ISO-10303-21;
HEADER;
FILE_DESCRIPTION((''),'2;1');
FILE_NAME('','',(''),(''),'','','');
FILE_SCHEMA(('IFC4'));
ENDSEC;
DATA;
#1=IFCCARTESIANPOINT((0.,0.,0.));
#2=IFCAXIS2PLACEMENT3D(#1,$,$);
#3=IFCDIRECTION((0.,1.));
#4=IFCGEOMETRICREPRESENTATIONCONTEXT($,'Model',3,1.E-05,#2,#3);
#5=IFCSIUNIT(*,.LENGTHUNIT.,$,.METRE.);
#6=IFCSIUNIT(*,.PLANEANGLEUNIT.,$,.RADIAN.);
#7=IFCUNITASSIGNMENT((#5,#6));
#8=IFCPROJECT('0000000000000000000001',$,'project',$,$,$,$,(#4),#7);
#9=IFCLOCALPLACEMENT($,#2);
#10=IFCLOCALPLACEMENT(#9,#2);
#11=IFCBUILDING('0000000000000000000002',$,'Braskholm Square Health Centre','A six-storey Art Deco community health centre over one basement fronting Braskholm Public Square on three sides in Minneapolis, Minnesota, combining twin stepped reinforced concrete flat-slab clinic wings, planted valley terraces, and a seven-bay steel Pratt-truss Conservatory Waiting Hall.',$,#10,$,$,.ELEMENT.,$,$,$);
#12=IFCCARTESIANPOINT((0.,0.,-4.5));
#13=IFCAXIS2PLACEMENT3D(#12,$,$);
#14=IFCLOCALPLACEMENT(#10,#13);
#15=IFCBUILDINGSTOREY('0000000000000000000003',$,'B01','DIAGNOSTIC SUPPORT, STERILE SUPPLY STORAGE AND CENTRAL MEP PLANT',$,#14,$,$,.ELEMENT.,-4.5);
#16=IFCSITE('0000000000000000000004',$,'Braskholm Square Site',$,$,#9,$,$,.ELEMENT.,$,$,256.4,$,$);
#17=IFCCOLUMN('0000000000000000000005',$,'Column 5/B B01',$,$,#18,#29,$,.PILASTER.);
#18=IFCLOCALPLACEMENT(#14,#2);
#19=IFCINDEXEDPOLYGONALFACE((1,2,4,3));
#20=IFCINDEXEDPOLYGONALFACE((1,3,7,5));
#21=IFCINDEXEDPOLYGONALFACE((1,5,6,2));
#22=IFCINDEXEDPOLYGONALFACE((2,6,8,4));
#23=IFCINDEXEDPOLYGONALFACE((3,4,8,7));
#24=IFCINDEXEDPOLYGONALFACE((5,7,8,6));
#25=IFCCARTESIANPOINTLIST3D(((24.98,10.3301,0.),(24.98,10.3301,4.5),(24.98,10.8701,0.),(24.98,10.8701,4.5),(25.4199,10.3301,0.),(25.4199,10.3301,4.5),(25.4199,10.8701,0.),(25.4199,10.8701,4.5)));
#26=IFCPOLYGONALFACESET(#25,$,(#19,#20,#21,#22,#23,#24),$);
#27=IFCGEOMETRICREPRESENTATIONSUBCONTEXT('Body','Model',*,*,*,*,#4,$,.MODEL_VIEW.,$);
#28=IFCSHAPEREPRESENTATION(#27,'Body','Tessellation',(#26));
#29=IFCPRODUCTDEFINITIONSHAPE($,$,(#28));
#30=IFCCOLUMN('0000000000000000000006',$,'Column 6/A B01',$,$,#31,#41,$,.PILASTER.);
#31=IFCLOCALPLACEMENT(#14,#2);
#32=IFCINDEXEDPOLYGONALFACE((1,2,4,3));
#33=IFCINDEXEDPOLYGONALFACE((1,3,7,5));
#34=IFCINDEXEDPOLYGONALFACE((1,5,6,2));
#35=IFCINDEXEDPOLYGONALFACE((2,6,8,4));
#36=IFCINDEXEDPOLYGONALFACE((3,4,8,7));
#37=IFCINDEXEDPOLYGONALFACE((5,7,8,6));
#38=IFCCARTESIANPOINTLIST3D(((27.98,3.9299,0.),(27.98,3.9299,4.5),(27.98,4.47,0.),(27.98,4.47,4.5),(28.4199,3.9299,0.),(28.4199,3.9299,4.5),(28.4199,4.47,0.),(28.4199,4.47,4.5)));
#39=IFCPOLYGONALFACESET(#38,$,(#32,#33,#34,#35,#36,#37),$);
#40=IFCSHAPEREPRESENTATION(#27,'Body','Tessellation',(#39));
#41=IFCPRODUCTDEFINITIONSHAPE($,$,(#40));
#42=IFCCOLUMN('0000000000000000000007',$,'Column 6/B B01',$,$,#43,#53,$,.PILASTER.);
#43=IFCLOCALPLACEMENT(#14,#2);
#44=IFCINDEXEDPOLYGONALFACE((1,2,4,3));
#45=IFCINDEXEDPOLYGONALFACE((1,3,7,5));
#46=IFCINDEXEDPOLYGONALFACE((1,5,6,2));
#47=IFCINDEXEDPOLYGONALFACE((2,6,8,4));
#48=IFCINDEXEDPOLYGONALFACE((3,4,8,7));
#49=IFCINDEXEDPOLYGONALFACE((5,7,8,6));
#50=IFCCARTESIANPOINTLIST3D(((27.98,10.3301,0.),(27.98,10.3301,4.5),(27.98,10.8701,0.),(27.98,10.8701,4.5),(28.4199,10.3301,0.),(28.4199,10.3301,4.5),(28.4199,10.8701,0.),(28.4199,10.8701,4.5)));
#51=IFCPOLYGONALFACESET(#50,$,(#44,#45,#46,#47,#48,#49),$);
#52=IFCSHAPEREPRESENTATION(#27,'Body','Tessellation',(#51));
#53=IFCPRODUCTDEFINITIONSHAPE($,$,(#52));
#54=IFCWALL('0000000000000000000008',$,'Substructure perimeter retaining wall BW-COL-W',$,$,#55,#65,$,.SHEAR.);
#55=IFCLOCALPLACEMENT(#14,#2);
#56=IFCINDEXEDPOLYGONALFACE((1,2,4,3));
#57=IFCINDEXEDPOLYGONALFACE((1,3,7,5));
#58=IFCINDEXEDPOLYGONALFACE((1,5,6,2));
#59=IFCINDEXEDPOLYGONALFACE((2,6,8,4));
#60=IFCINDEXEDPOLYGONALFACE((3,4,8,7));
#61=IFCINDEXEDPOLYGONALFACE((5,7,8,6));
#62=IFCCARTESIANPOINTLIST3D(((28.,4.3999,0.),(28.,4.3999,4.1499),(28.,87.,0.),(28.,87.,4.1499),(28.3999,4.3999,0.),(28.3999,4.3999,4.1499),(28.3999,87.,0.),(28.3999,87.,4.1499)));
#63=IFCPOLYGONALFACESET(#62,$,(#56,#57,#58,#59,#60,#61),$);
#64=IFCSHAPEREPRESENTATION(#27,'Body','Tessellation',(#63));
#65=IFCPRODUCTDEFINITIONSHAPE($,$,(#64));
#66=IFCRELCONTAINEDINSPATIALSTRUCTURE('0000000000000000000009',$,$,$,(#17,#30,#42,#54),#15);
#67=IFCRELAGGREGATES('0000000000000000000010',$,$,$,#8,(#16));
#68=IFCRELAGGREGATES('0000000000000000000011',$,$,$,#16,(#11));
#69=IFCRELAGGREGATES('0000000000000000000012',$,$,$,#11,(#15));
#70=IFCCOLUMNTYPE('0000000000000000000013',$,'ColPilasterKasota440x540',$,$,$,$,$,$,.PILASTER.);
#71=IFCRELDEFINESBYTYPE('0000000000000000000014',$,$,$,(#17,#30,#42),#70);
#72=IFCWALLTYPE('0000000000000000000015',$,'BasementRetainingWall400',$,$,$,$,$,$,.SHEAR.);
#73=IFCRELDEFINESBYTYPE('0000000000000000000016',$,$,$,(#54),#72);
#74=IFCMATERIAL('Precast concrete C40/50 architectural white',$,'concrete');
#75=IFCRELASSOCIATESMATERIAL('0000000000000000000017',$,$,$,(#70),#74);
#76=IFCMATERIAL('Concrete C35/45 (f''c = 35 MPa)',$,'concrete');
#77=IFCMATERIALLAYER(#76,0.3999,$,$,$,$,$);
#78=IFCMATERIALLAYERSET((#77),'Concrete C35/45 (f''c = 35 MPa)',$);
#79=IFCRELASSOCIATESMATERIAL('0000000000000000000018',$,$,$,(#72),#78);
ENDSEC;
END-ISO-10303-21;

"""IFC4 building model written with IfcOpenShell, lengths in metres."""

from ifc_helpers import new_model, si_unit, direction, frame, frame_2d, origin, origin_2d, place, context, subcontext, project, spatial, rectangle, extrude, material, layer, layer_set, material_profile, profile_set, type_object, element, save


model = new_model("IFC4")

# Units and contexts
model_context = context("Model", 3, precision=1e-05, world=origin(), true_north=direction((0.0, 1.0)))
body_context = subcontext(model_context, "Body", "Model", "MODEL_VIEW")
ifc_project = project(units=[si_unit("LENGTHUNIT", "METRE"), si_unit("PLANEANGLEUNIT", "RADIAN")], contexts=[model_context])

# Site, building, storey
site_placement = place(None, origin())
site = spatial("IfcSite", under=ifc_project, at=site_placement, Name="Braskholm Square Site", CompositionType="ELEMENT", RefElevation=256.4)
building_placement = place(site_placement, origin())
building = spatial("IfcBuilding", under=site, at=building_placement, Name="Braskholm Square Health Centre", Description="A six-storey Art Deco community health centre over one basement fronting Braskholm Public Square on three sides in Minneapolis, Minnesota, combining twin stepped reinforced concrete flat-slab clinic wings, planted valley terraces, and a seven-bay steel Pratt-truss Conservatory Waiting Hall.", CompositionType="ELEMENT")
storey_placement = place(building_placement, frame((0.0, 0.0, -4.5)))
storey = spatial("IfcBuildingStorey", under=building, at=storey_placement, Name="B01", Description="DIAGNOSTIC SUPPORT, STERILE SUPPLY STORAGE AND CENTRAL MEP PLANT", CompositionType="ELEMENT", Elevation=-4.5)

# Columns
ifc_material_1 = material(Name="Precast concrete C40/50 architectural white", Category="concrete")
ifc_material_profile_1 = material_profile(ifc_material_1, rectangle(XDim=0.4399, YDim=0.54, at=origin_2d()), Name="RC-440X540")
ifc_profile_set_1 = profile_set([ifc_material_profile_1], Name="Precast concrete C40/50 architectural white")
column_type_1 = type_object("IfcColumnType", Name="ColPilasterKasota440x540", PredefinedType="PILASTER", material=ifc_profile_set_1)
for number, where, z_axis, x_axis, name in (
    (1, (25.2, 10.6001, 0.0), (0.0, 0.0, 1.0), (1.0, 0.0, 0.0), "Column 5/B B01"),
    (2, (28.2, 4.2, 0.0), (0.0, 0.0, 1.0), (1.0, 0.0, 0.0), "Column 6/A B01"),
    (3, (28.2, 10.6001, 0.0), (0.0, 0.0, 1.0), (1.0, 0.0, 0.0), "Column 6/B B01"),
):
    element("IfcColumn", number, at=place(storey_placement, frame(where, z_axis=z_axis, x_axis=x_axis)), inside=storey, type_object=column_type_1, Name=name, PredefinedType="PILASTER", context=body_context, shape_type="SweptSolid", body=[
        extrude(rectangle(XDim=0.4399, YDim=0.54, at=origin_2d()), origin(), (0.0, 0.0, 1.0), 4.5),
    ])

# Wall
ifc_material_2 = material(Name="Concrete C35/45 (f'c = 35 MPa)", Category="concrete")
ifc_layer = layer(ifc_material_2, 0.3999)
ifc_layer_set = layer_set([ifc_layer], Name="Concrete C35/45 (f'c = 35 MPa)")
wall_type = type_object("IfcWallType", Name="BasementRetainingWall400", PredefinedType="SHEAR", material=ifc_layer_set)
wall_placement = place(storey_placement, frame((28.2, 4.3999, 0.0), z_axis=(0.0, 0.0, 1.0), x_axis=(0.0, 1.0, 0.0)))
element("IfcWall", 4, at=wall_placement, inside=storey, type_object=wall_type, Name="Substructure perimeter retaining wall BW-COL-W", PredefinedType="SHEAR", context=body_context, shape_type="SweptSolid", body=[
    extrude(rectangle(XDim=82.6001, YDim=0.3999, at=frame_2d((41.3, 0.0))), origin(), (0.0, 0.0, 1.0), 4.1499),
])

save(model, "model.ifc")
